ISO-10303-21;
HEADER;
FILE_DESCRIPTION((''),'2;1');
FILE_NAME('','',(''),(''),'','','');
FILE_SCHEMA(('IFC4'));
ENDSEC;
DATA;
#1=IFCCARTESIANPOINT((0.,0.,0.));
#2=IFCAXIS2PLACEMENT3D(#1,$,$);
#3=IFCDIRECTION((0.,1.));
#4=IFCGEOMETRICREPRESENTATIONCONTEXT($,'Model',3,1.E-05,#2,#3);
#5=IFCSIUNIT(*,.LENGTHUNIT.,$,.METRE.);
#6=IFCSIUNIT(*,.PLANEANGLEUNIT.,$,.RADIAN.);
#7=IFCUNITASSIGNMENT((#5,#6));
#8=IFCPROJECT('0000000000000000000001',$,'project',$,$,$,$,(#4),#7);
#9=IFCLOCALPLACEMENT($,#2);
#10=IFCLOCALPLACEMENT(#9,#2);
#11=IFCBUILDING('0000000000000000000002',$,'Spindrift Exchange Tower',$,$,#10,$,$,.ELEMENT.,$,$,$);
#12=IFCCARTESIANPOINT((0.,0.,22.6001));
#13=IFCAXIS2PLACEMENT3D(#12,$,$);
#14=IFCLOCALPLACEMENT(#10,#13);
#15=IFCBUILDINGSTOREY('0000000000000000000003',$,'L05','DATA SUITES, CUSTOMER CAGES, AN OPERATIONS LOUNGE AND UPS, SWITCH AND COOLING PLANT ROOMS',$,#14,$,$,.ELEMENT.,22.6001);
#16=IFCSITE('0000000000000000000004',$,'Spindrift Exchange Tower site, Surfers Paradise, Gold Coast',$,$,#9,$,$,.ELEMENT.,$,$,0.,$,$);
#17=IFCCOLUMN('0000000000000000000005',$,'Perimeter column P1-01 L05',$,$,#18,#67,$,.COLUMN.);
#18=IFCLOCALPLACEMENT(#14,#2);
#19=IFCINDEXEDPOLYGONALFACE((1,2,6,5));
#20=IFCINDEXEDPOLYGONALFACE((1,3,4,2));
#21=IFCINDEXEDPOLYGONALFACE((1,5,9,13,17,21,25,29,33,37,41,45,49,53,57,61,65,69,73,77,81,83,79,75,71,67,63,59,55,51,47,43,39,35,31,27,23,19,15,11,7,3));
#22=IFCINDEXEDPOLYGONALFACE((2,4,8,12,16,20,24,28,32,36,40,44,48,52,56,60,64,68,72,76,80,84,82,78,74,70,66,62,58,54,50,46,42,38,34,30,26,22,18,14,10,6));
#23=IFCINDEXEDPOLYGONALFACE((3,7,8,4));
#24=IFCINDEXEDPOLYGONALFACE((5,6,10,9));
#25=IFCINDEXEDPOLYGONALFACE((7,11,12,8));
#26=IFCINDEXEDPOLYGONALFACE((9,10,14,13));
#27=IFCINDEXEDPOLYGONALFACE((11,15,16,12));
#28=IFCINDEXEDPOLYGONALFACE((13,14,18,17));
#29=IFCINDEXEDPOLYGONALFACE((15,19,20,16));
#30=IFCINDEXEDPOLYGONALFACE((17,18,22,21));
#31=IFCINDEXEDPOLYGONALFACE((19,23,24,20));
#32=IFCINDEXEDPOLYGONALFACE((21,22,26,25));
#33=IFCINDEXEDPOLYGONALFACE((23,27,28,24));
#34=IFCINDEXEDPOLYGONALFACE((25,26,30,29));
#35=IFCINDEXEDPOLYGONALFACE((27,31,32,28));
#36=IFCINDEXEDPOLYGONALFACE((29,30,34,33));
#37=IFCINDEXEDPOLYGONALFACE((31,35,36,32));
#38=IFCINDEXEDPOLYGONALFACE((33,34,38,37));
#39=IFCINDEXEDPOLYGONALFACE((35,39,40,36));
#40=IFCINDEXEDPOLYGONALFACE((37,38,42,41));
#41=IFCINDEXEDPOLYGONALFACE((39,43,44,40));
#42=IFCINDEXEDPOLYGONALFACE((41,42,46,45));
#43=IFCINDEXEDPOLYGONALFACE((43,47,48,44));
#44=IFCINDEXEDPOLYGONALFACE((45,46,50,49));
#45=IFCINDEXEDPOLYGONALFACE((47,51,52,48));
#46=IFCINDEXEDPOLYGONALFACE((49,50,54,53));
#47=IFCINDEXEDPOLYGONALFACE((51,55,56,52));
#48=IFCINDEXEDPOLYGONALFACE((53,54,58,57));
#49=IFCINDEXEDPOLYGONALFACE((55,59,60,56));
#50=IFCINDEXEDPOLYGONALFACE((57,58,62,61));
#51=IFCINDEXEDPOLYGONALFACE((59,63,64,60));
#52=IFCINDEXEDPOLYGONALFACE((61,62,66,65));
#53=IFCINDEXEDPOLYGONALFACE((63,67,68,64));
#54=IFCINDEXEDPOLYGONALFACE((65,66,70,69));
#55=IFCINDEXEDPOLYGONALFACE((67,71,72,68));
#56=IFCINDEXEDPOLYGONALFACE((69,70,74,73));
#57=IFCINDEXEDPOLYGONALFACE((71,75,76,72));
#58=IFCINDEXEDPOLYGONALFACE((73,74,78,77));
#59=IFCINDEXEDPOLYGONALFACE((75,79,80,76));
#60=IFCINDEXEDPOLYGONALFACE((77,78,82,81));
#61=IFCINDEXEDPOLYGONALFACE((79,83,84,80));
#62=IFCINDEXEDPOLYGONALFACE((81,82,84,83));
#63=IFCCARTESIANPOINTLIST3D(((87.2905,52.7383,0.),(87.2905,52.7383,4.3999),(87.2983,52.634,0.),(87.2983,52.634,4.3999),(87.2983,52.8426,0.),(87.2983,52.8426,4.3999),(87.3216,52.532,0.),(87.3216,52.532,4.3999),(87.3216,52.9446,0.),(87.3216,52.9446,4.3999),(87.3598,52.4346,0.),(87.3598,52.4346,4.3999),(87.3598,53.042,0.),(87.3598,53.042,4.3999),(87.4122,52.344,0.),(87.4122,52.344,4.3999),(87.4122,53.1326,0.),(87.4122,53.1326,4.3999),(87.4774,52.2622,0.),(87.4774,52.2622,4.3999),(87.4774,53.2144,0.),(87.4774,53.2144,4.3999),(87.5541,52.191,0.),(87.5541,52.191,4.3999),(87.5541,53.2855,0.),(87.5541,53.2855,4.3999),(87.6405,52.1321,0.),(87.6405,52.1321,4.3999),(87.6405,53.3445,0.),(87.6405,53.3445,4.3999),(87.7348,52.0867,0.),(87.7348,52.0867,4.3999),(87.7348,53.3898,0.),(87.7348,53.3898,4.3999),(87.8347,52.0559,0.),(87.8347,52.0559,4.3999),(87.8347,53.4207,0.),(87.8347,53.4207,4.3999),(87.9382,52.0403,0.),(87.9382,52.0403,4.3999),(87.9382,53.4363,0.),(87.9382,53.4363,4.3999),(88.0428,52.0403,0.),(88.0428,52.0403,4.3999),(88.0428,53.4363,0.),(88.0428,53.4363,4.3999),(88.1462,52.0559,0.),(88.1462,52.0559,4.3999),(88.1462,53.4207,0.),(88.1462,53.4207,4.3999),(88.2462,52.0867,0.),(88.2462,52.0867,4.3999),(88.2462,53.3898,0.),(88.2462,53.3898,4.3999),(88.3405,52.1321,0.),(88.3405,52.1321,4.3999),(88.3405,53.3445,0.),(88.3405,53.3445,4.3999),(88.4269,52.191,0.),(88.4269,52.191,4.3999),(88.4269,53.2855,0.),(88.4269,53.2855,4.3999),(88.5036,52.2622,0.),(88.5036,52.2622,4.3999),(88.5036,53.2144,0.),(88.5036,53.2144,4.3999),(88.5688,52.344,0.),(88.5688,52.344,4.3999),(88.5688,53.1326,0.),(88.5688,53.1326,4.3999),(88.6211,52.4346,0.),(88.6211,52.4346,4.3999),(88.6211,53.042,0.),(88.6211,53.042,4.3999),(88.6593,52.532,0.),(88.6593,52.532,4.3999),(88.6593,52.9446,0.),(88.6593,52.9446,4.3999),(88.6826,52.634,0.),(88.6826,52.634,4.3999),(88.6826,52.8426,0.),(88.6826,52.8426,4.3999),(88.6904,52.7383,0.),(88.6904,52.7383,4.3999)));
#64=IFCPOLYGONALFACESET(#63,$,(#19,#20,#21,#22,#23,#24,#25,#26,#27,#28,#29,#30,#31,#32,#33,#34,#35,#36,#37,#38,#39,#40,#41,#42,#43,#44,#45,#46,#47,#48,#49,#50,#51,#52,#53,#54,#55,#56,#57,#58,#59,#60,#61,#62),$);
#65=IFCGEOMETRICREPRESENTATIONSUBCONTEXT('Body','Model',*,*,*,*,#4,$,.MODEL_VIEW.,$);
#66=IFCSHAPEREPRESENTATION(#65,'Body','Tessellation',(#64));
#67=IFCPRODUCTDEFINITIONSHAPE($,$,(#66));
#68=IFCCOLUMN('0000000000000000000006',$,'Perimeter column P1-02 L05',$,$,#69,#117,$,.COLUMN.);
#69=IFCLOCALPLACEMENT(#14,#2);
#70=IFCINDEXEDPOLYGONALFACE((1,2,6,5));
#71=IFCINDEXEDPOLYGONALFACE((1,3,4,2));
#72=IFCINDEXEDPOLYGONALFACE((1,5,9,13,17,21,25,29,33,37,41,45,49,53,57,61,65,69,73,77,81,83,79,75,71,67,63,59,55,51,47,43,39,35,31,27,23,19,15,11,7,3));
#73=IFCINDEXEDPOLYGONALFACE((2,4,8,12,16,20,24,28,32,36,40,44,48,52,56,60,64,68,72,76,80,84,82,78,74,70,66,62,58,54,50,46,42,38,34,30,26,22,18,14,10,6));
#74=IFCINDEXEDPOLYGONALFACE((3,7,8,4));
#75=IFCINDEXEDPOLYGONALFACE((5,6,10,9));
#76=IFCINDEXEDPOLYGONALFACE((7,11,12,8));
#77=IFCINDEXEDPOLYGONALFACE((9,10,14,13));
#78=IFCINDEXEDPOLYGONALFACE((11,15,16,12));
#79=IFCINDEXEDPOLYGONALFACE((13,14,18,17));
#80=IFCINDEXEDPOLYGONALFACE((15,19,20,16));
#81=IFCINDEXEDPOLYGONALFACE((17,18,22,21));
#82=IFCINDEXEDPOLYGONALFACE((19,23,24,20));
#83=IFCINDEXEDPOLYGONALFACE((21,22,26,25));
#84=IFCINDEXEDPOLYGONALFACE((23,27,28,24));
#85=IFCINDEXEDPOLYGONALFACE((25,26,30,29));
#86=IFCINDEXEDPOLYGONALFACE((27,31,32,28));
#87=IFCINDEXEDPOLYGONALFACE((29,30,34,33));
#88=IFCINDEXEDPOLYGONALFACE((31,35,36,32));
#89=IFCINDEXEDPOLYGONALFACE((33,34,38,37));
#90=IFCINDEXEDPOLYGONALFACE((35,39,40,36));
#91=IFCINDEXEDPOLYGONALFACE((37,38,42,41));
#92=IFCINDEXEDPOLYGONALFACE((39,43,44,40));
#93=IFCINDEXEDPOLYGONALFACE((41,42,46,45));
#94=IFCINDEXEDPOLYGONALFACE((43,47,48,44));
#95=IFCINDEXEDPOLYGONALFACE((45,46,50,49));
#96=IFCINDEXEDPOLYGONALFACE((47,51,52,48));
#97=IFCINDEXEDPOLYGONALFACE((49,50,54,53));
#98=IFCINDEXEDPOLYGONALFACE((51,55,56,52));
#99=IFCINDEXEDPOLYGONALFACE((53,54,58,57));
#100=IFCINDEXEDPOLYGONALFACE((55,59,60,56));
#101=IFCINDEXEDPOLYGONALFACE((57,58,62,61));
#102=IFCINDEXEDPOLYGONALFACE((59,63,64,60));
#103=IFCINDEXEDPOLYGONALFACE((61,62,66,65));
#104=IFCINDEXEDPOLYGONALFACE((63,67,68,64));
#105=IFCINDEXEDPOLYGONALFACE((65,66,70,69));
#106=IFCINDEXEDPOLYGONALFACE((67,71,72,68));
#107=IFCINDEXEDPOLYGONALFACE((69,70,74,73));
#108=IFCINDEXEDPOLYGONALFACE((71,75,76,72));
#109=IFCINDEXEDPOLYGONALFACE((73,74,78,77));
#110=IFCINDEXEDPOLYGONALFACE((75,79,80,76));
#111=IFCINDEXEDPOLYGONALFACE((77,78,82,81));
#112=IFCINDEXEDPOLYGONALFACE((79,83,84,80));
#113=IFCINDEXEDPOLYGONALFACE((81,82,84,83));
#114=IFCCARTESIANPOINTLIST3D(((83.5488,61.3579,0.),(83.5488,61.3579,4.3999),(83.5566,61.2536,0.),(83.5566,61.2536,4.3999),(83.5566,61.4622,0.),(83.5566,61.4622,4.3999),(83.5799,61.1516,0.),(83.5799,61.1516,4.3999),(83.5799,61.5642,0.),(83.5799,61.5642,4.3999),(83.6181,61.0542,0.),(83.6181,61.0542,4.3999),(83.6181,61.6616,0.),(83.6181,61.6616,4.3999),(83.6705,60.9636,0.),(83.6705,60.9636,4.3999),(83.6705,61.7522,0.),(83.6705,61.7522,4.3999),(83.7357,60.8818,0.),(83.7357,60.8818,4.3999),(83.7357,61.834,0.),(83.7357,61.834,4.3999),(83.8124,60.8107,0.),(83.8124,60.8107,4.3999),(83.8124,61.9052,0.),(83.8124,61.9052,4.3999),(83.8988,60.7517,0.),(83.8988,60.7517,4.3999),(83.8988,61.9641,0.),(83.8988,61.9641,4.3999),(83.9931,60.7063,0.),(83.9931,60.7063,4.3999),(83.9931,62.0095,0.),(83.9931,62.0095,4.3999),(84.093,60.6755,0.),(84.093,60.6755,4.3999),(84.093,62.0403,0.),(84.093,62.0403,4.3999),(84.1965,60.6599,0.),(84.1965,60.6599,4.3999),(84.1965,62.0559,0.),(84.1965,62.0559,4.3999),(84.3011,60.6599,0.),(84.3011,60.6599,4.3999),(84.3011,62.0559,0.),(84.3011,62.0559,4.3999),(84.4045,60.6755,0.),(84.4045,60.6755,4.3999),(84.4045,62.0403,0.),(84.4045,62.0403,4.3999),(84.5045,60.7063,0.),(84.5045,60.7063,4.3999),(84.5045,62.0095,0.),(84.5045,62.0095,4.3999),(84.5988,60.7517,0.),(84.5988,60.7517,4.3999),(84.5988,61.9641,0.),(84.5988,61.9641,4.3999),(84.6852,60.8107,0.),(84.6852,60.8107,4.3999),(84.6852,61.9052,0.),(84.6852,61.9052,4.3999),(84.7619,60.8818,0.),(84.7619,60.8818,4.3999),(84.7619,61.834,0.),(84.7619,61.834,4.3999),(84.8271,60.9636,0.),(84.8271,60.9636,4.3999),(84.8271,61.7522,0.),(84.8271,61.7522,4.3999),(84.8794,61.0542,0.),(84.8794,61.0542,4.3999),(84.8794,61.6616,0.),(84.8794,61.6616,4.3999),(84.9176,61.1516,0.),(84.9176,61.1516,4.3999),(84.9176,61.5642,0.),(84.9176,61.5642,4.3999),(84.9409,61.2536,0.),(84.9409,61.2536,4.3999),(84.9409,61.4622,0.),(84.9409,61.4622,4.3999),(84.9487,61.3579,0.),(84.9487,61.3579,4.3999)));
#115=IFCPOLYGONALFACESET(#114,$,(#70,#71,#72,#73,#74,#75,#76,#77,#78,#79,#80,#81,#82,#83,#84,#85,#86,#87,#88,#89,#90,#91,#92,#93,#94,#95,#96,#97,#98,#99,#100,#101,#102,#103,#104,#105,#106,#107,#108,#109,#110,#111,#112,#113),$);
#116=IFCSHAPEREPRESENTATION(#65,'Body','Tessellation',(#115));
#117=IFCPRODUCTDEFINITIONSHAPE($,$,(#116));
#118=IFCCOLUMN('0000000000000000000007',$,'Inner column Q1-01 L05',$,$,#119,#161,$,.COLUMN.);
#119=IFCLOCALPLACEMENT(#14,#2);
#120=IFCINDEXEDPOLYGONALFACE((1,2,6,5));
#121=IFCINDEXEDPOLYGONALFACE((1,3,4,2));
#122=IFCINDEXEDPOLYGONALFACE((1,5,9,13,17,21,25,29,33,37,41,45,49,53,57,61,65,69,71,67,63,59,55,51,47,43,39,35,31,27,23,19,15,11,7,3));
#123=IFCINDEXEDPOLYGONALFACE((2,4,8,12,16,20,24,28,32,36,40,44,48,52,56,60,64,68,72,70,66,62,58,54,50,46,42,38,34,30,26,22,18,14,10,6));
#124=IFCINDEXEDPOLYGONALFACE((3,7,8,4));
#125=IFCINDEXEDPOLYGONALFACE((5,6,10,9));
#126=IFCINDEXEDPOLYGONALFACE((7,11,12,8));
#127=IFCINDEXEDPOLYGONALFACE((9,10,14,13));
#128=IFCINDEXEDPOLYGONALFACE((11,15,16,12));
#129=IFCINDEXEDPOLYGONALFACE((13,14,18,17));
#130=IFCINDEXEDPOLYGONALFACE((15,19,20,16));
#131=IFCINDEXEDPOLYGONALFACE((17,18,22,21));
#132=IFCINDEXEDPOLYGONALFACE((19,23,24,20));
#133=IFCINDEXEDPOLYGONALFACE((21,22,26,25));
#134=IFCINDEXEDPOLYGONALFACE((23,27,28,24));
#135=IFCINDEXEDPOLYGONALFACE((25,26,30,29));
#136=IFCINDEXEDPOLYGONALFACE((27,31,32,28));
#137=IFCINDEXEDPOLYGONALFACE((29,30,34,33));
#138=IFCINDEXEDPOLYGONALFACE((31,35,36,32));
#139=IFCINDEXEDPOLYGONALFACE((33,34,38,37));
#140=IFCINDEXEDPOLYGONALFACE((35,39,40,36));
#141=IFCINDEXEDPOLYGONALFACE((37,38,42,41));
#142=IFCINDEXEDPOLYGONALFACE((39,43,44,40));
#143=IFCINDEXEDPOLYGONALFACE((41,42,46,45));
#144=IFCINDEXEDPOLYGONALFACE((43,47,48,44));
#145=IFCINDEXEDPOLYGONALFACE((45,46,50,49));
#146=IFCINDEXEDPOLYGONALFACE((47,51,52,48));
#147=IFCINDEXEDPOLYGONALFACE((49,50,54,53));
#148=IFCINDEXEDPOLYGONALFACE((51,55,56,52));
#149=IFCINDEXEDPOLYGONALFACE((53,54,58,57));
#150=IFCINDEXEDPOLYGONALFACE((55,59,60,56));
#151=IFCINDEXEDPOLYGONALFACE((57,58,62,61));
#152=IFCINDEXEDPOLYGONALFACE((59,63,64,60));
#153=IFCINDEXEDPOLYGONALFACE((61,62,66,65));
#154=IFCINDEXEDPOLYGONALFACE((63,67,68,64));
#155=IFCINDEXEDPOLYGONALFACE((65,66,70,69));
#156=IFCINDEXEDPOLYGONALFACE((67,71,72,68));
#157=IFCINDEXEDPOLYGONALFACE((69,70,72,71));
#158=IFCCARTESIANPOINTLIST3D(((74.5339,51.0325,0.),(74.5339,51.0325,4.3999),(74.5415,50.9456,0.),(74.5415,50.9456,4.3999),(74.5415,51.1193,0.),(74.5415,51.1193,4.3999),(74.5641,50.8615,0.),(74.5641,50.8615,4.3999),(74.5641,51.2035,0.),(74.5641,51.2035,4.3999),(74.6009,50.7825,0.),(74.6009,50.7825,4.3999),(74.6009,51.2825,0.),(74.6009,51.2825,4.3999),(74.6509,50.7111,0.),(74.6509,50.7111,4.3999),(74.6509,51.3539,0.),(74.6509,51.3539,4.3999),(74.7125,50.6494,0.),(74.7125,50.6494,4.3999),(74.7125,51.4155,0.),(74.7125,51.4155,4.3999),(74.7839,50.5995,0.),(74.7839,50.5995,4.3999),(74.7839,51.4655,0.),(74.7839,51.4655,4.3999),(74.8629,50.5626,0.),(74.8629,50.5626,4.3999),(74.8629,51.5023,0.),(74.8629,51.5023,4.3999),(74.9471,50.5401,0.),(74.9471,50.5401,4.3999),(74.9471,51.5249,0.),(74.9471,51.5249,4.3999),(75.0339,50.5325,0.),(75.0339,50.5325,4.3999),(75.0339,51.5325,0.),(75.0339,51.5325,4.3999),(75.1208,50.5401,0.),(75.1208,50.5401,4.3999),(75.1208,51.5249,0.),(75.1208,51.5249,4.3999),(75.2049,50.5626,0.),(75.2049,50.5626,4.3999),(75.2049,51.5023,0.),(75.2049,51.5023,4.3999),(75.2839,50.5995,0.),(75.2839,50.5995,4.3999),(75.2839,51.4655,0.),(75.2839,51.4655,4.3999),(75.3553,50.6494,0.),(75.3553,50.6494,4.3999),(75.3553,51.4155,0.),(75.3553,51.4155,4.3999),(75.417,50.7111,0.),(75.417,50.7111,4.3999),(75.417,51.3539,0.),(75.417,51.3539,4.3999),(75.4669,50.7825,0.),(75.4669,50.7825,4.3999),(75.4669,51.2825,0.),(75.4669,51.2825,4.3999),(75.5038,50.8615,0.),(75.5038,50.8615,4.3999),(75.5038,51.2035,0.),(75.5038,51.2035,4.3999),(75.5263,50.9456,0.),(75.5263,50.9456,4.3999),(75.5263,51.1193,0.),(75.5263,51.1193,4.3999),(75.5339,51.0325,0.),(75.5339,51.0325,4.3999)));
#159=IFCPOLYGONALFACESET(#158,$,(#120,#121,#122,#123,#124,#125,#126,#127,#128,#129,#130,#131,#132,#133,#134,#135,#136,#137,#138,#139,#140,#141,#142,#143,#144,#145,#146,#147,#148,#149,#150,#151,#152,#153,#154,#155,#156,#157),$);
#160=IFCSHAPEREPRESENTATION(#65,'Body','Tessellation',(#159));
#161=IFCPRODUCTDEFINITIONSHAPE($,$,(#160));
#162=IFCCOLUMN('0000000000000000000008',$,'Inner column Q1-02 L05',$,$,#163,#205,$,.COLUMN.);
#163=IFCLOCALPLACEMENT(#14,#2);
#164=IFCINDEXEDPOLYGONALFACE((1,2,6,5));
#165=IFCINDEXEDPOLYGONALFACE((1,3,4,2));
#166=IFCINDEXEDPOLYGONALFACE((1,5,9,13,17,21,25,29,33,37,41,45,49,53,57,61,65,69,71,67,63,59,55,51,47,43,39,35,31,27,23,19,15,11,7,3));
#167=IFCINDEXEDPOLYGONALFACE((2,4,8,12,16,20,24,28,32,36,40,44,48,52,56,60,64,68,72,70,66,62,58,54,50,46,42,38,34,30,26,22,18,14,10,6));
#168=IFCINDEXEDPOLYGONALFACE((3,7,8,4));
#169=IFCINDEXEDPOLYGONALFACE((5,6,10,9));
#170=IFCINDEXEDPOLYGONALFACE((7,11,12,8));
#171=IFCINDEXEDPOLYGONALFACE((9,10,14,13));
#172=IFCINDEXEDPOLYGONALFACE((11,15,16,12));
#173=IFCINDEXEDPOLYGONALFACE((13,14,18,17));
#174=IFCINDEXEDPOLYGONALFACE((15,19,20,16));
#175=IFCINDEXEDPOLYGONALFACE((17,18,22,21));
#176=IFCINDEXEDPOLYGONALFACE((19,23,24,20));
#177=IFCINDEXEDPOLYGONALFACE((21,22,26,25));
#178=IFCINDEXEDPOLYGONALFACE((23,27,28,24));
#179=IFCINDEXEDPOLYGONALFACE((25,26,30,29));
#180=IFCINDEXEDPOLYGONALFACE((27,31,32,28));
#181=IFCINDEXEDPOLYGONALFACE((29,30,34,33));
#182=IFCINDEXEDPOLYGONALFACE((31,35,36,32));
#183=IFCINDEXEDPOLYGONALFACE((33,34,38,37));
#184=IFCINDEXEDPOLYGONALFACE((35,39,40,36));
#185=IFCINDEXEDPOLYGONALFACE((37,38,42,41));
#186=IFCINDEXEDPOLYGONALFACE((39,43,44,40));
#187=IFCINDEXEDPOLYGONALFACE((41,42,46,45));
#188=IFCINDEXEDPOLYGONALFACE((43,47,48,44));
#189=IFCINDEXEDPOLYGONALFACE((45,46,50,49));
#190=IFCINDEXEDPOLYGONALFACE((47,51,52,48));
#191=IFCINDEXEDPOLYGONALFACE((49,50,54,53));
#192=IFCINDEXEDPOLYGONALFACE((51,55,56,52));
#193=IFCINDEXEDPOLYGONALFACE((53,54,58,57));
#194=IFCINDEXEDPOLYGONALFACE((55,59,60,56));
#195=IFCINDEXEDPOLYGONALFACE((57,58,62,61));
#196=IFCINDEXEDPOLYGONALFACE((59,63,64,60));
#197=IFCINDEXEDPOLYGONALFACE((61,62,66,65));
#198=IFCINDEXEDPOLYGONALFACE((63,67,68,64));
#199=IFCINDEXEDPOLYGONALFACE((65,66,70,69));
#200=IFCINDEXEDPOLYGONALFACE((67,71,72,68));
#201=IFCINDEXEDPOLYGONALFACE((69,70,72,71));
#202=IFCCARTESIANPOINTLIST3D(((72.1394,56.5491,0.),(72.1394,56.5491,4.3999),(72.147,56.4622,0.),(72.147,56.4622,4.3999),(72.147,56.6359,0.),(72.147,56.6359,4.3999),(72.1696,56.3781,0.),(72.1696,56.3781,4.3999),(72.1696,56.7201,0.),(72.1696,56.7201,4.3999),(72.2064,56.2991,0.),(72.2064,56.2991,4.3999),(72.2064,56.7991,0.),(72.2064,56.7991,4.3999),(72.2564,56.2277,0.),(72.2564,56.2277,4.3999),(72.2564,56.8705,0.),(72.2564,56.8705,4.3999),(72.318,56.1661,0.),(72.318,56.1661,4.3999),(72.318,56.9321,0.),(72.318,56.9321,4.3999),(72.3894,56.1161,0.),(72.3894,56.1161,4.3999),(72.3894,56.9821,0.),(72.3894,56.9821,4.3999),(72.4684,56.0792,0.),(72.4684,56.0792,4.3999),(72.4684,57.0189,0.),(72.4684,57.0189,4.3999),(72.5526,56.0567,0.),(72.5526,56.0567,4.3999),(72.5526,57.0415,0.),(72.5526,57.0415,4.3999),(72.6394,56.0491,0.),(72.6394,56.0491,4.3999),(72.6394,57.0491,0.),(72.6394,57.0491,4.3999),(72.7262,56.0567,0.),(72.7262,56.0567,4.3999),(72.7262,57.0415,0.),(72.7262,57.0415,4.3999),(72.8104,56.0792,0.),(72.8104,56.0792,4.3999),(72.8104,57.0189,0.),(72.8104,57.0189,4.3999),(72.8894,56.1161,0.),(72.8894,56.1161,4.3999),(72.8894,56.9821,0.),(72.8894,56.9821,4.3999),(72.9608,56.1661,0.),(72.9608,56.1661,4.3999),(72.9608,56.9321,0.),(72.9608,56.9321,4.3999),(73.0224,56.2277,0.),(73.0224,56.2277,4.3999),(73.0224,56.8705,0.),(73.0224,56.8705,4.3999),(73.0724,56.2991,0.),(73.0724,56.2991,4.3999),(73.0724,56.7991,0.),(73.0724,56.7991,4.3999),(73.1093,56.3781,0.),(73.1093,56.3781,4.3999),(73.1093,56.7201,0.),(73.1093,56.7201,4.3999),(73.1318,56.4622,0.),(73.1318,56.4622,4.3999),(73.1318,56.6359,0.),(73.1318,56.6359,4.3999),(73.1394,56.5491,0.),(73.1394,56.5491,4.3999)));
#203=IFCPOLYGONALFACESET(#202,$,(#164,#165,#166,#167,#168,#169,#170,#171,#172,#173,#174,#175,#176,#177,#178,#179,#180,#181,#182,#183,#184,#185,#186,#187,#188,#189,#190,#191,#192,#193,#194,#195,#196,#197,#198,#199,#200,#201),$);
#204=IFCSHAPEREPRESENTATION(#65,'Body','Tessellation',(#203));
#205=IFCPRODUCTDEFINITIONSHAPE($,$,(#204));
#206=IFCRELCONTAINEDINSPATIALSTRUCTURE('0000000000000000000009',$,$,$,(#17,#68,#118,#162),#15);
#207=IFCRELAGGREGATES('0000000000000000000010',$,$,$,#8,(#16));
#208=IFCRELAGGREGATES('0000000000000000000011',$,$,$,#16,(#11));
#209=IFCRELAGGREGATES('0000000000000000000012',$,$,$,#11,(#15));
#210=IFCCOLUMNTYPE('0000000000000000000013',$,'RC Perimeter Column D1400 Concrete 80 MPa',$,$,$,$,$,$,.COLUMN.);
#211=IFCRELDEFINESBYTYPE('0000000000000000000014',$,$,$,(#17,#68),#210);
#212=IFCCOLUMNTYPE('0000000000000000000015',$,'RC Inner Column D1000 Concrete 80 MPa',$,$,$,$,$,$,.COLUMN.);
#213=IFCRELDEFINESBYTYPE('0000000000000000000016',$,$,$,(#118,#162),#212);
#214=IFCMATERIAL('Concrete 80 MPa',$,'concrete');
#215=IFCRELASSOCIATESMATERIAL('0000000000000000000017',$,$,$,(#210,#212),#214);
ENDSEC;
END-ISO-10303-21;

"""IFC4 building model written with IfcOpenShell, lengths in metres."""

from ifc_helpers import new_model, si_unit, direction, frame, origin, origin_2d, place, context, subcontext, project, spatial, circle, extrude, source, transform, mapped, material, material_profile, profile_set, type_object, element, save


model = new_model("IFC4")

# Units and contexts
model_context = context("Model", 3, precision=1e-05, world=origin(), true_north=direction((0.0, 1.0)))
body_context = subcontext(model_context, "Body", "Model", "MODEL_VIEW")
ifc_project = project(units=[si_unit("LENGTHUNIT", "METRE"), si_unit("PLANEANGLEUNIT", "RADIAN")], contexts=[model_context])

# Site, building, storey
site_placement = place(None, origin())
site = spatial("IfcSite", under=ifc_project, at=site_placement, Name="Spindrift Exchange Tower site, Surfers Paradise, Gold Coast", CompositionType="ELEMENT", RefElevation=0.0)
building_placement = place(site_placement, origin())
building = spatial("IfcBuilding", under=site, at=building_placement, Name="Spindrift Exchange Tower", CompositionType="ELEMENT")
storey_placement = place(building_placement, frame((0.0, 0.0, 22.6001)))
storey = spatial("IfcBuildingStorey", under=building, at=storey_placement, Name="L05", Description="DATA SUITES, CUSTOMER CAGES, AN OPERATIONS LOUNGE AND UPS, SWITCH AND COOLING PLANT ROOMS", CompositionType="ELEMENT", Elevation=22.6001)

# Columns
ifc_material_1 = material(Name="Concrete 80 MPa", Category="concrete")
ifc_material_profile_1 = material_profile(ifc_material_1, circle(Radius=0.7, at=origin_2d()), Name="RC D1400")
ifc_profile_set_1 = profile_set([ifc_material_profile_1], Name="Concrete 80 MPa")
column_type_1 = type_object("IfcColumnType", Name="RC Perimeter Column D1400 Concrete 80 MPa", PredefinedType="COLUMN", material=ifc_profile_set_1)
shared_shape_1 = source(origin(), body_context, "Body", "SweptSolid", [
    extrude(circle(Radius=0.7, at=origin_2d()), origin(), (0.0, 0.0, 1.0), 4.3999),
])
for number, where, z_axis, x_axis, name in (
    (1, (87.9905, 52.7383, 0.0), (0.0, 0.0, 1.0), (1.0, 0.0, 0.0), "Perimeter column P1-01 L05"),
    (2, (84.2488, 61.3579, 0.0), (0.0, 0.0, 1.0), (1.0, 0.0, 0.0), "Perimeter column P1-02 L05"),
):
    element("IfcColumn", number, at=place(storey_placement, frame(where, z_axis=z_axis, x_axis=x_axis)), inside=storey, type_object=column_type_1, Name=name, PredefinedType="COLUMN", context=body_context, shape_type="MappedRepresentation", body=[
        mapped(shared_shape_1, transform((0.0, 0.0, 0.0), scale=1.0)),
    ])
ifc_material_profile_2 = material_profile(ifc_material_1, circle(Radius=0.5, at=origin_2d()), Name="RC D1000")
ifc_profile_set_2 = profile_set([ifc_material_profile_2], Name="Concrete 80 MPa")
column_type_2 = type_object("IfcColumnType", Name="RC Inner Column D1000 Concrete 80 MPa", PredefinedType="COLUMN", material=ifc_profile_set_2)
shared_shape_2 = source(origin(), body_context, "Body", "SweptSolid", [
    extrude(circle(Radius=0.5, at=origin_2d()), origin(), (0.0, 0.0, 1.0), 4.3999),
])
for number, where, z_axis, x_axis, name in (
    (3, (75.0339, 51.0325, 0.0), (0.0, 0.0, 1.0), (1.0, 0.0, 0.0), "Inner column Q1-01 L05"),
    (4, (72.6394, 56.5491, 0.0), (0.0, 0.0, 1.0), (1.0, 0.0, 0.0), "Inner column Q1-02 L05"),
):
    element("IfcColumn", number, at=place(storey_placement, frame(where, z_axis=z_axis, x_axis=x_axis)), inside=storey, type_object=column_type_2, Name=name, PredefinedType="COLUMN", context=body_context, shape_type="MappedRepresentation", body=[
        mapped(shared_shape_2, transform((0.0, 0.0, 0.0), scale=1.0)),
    ])

save(model, "model.ifc")
